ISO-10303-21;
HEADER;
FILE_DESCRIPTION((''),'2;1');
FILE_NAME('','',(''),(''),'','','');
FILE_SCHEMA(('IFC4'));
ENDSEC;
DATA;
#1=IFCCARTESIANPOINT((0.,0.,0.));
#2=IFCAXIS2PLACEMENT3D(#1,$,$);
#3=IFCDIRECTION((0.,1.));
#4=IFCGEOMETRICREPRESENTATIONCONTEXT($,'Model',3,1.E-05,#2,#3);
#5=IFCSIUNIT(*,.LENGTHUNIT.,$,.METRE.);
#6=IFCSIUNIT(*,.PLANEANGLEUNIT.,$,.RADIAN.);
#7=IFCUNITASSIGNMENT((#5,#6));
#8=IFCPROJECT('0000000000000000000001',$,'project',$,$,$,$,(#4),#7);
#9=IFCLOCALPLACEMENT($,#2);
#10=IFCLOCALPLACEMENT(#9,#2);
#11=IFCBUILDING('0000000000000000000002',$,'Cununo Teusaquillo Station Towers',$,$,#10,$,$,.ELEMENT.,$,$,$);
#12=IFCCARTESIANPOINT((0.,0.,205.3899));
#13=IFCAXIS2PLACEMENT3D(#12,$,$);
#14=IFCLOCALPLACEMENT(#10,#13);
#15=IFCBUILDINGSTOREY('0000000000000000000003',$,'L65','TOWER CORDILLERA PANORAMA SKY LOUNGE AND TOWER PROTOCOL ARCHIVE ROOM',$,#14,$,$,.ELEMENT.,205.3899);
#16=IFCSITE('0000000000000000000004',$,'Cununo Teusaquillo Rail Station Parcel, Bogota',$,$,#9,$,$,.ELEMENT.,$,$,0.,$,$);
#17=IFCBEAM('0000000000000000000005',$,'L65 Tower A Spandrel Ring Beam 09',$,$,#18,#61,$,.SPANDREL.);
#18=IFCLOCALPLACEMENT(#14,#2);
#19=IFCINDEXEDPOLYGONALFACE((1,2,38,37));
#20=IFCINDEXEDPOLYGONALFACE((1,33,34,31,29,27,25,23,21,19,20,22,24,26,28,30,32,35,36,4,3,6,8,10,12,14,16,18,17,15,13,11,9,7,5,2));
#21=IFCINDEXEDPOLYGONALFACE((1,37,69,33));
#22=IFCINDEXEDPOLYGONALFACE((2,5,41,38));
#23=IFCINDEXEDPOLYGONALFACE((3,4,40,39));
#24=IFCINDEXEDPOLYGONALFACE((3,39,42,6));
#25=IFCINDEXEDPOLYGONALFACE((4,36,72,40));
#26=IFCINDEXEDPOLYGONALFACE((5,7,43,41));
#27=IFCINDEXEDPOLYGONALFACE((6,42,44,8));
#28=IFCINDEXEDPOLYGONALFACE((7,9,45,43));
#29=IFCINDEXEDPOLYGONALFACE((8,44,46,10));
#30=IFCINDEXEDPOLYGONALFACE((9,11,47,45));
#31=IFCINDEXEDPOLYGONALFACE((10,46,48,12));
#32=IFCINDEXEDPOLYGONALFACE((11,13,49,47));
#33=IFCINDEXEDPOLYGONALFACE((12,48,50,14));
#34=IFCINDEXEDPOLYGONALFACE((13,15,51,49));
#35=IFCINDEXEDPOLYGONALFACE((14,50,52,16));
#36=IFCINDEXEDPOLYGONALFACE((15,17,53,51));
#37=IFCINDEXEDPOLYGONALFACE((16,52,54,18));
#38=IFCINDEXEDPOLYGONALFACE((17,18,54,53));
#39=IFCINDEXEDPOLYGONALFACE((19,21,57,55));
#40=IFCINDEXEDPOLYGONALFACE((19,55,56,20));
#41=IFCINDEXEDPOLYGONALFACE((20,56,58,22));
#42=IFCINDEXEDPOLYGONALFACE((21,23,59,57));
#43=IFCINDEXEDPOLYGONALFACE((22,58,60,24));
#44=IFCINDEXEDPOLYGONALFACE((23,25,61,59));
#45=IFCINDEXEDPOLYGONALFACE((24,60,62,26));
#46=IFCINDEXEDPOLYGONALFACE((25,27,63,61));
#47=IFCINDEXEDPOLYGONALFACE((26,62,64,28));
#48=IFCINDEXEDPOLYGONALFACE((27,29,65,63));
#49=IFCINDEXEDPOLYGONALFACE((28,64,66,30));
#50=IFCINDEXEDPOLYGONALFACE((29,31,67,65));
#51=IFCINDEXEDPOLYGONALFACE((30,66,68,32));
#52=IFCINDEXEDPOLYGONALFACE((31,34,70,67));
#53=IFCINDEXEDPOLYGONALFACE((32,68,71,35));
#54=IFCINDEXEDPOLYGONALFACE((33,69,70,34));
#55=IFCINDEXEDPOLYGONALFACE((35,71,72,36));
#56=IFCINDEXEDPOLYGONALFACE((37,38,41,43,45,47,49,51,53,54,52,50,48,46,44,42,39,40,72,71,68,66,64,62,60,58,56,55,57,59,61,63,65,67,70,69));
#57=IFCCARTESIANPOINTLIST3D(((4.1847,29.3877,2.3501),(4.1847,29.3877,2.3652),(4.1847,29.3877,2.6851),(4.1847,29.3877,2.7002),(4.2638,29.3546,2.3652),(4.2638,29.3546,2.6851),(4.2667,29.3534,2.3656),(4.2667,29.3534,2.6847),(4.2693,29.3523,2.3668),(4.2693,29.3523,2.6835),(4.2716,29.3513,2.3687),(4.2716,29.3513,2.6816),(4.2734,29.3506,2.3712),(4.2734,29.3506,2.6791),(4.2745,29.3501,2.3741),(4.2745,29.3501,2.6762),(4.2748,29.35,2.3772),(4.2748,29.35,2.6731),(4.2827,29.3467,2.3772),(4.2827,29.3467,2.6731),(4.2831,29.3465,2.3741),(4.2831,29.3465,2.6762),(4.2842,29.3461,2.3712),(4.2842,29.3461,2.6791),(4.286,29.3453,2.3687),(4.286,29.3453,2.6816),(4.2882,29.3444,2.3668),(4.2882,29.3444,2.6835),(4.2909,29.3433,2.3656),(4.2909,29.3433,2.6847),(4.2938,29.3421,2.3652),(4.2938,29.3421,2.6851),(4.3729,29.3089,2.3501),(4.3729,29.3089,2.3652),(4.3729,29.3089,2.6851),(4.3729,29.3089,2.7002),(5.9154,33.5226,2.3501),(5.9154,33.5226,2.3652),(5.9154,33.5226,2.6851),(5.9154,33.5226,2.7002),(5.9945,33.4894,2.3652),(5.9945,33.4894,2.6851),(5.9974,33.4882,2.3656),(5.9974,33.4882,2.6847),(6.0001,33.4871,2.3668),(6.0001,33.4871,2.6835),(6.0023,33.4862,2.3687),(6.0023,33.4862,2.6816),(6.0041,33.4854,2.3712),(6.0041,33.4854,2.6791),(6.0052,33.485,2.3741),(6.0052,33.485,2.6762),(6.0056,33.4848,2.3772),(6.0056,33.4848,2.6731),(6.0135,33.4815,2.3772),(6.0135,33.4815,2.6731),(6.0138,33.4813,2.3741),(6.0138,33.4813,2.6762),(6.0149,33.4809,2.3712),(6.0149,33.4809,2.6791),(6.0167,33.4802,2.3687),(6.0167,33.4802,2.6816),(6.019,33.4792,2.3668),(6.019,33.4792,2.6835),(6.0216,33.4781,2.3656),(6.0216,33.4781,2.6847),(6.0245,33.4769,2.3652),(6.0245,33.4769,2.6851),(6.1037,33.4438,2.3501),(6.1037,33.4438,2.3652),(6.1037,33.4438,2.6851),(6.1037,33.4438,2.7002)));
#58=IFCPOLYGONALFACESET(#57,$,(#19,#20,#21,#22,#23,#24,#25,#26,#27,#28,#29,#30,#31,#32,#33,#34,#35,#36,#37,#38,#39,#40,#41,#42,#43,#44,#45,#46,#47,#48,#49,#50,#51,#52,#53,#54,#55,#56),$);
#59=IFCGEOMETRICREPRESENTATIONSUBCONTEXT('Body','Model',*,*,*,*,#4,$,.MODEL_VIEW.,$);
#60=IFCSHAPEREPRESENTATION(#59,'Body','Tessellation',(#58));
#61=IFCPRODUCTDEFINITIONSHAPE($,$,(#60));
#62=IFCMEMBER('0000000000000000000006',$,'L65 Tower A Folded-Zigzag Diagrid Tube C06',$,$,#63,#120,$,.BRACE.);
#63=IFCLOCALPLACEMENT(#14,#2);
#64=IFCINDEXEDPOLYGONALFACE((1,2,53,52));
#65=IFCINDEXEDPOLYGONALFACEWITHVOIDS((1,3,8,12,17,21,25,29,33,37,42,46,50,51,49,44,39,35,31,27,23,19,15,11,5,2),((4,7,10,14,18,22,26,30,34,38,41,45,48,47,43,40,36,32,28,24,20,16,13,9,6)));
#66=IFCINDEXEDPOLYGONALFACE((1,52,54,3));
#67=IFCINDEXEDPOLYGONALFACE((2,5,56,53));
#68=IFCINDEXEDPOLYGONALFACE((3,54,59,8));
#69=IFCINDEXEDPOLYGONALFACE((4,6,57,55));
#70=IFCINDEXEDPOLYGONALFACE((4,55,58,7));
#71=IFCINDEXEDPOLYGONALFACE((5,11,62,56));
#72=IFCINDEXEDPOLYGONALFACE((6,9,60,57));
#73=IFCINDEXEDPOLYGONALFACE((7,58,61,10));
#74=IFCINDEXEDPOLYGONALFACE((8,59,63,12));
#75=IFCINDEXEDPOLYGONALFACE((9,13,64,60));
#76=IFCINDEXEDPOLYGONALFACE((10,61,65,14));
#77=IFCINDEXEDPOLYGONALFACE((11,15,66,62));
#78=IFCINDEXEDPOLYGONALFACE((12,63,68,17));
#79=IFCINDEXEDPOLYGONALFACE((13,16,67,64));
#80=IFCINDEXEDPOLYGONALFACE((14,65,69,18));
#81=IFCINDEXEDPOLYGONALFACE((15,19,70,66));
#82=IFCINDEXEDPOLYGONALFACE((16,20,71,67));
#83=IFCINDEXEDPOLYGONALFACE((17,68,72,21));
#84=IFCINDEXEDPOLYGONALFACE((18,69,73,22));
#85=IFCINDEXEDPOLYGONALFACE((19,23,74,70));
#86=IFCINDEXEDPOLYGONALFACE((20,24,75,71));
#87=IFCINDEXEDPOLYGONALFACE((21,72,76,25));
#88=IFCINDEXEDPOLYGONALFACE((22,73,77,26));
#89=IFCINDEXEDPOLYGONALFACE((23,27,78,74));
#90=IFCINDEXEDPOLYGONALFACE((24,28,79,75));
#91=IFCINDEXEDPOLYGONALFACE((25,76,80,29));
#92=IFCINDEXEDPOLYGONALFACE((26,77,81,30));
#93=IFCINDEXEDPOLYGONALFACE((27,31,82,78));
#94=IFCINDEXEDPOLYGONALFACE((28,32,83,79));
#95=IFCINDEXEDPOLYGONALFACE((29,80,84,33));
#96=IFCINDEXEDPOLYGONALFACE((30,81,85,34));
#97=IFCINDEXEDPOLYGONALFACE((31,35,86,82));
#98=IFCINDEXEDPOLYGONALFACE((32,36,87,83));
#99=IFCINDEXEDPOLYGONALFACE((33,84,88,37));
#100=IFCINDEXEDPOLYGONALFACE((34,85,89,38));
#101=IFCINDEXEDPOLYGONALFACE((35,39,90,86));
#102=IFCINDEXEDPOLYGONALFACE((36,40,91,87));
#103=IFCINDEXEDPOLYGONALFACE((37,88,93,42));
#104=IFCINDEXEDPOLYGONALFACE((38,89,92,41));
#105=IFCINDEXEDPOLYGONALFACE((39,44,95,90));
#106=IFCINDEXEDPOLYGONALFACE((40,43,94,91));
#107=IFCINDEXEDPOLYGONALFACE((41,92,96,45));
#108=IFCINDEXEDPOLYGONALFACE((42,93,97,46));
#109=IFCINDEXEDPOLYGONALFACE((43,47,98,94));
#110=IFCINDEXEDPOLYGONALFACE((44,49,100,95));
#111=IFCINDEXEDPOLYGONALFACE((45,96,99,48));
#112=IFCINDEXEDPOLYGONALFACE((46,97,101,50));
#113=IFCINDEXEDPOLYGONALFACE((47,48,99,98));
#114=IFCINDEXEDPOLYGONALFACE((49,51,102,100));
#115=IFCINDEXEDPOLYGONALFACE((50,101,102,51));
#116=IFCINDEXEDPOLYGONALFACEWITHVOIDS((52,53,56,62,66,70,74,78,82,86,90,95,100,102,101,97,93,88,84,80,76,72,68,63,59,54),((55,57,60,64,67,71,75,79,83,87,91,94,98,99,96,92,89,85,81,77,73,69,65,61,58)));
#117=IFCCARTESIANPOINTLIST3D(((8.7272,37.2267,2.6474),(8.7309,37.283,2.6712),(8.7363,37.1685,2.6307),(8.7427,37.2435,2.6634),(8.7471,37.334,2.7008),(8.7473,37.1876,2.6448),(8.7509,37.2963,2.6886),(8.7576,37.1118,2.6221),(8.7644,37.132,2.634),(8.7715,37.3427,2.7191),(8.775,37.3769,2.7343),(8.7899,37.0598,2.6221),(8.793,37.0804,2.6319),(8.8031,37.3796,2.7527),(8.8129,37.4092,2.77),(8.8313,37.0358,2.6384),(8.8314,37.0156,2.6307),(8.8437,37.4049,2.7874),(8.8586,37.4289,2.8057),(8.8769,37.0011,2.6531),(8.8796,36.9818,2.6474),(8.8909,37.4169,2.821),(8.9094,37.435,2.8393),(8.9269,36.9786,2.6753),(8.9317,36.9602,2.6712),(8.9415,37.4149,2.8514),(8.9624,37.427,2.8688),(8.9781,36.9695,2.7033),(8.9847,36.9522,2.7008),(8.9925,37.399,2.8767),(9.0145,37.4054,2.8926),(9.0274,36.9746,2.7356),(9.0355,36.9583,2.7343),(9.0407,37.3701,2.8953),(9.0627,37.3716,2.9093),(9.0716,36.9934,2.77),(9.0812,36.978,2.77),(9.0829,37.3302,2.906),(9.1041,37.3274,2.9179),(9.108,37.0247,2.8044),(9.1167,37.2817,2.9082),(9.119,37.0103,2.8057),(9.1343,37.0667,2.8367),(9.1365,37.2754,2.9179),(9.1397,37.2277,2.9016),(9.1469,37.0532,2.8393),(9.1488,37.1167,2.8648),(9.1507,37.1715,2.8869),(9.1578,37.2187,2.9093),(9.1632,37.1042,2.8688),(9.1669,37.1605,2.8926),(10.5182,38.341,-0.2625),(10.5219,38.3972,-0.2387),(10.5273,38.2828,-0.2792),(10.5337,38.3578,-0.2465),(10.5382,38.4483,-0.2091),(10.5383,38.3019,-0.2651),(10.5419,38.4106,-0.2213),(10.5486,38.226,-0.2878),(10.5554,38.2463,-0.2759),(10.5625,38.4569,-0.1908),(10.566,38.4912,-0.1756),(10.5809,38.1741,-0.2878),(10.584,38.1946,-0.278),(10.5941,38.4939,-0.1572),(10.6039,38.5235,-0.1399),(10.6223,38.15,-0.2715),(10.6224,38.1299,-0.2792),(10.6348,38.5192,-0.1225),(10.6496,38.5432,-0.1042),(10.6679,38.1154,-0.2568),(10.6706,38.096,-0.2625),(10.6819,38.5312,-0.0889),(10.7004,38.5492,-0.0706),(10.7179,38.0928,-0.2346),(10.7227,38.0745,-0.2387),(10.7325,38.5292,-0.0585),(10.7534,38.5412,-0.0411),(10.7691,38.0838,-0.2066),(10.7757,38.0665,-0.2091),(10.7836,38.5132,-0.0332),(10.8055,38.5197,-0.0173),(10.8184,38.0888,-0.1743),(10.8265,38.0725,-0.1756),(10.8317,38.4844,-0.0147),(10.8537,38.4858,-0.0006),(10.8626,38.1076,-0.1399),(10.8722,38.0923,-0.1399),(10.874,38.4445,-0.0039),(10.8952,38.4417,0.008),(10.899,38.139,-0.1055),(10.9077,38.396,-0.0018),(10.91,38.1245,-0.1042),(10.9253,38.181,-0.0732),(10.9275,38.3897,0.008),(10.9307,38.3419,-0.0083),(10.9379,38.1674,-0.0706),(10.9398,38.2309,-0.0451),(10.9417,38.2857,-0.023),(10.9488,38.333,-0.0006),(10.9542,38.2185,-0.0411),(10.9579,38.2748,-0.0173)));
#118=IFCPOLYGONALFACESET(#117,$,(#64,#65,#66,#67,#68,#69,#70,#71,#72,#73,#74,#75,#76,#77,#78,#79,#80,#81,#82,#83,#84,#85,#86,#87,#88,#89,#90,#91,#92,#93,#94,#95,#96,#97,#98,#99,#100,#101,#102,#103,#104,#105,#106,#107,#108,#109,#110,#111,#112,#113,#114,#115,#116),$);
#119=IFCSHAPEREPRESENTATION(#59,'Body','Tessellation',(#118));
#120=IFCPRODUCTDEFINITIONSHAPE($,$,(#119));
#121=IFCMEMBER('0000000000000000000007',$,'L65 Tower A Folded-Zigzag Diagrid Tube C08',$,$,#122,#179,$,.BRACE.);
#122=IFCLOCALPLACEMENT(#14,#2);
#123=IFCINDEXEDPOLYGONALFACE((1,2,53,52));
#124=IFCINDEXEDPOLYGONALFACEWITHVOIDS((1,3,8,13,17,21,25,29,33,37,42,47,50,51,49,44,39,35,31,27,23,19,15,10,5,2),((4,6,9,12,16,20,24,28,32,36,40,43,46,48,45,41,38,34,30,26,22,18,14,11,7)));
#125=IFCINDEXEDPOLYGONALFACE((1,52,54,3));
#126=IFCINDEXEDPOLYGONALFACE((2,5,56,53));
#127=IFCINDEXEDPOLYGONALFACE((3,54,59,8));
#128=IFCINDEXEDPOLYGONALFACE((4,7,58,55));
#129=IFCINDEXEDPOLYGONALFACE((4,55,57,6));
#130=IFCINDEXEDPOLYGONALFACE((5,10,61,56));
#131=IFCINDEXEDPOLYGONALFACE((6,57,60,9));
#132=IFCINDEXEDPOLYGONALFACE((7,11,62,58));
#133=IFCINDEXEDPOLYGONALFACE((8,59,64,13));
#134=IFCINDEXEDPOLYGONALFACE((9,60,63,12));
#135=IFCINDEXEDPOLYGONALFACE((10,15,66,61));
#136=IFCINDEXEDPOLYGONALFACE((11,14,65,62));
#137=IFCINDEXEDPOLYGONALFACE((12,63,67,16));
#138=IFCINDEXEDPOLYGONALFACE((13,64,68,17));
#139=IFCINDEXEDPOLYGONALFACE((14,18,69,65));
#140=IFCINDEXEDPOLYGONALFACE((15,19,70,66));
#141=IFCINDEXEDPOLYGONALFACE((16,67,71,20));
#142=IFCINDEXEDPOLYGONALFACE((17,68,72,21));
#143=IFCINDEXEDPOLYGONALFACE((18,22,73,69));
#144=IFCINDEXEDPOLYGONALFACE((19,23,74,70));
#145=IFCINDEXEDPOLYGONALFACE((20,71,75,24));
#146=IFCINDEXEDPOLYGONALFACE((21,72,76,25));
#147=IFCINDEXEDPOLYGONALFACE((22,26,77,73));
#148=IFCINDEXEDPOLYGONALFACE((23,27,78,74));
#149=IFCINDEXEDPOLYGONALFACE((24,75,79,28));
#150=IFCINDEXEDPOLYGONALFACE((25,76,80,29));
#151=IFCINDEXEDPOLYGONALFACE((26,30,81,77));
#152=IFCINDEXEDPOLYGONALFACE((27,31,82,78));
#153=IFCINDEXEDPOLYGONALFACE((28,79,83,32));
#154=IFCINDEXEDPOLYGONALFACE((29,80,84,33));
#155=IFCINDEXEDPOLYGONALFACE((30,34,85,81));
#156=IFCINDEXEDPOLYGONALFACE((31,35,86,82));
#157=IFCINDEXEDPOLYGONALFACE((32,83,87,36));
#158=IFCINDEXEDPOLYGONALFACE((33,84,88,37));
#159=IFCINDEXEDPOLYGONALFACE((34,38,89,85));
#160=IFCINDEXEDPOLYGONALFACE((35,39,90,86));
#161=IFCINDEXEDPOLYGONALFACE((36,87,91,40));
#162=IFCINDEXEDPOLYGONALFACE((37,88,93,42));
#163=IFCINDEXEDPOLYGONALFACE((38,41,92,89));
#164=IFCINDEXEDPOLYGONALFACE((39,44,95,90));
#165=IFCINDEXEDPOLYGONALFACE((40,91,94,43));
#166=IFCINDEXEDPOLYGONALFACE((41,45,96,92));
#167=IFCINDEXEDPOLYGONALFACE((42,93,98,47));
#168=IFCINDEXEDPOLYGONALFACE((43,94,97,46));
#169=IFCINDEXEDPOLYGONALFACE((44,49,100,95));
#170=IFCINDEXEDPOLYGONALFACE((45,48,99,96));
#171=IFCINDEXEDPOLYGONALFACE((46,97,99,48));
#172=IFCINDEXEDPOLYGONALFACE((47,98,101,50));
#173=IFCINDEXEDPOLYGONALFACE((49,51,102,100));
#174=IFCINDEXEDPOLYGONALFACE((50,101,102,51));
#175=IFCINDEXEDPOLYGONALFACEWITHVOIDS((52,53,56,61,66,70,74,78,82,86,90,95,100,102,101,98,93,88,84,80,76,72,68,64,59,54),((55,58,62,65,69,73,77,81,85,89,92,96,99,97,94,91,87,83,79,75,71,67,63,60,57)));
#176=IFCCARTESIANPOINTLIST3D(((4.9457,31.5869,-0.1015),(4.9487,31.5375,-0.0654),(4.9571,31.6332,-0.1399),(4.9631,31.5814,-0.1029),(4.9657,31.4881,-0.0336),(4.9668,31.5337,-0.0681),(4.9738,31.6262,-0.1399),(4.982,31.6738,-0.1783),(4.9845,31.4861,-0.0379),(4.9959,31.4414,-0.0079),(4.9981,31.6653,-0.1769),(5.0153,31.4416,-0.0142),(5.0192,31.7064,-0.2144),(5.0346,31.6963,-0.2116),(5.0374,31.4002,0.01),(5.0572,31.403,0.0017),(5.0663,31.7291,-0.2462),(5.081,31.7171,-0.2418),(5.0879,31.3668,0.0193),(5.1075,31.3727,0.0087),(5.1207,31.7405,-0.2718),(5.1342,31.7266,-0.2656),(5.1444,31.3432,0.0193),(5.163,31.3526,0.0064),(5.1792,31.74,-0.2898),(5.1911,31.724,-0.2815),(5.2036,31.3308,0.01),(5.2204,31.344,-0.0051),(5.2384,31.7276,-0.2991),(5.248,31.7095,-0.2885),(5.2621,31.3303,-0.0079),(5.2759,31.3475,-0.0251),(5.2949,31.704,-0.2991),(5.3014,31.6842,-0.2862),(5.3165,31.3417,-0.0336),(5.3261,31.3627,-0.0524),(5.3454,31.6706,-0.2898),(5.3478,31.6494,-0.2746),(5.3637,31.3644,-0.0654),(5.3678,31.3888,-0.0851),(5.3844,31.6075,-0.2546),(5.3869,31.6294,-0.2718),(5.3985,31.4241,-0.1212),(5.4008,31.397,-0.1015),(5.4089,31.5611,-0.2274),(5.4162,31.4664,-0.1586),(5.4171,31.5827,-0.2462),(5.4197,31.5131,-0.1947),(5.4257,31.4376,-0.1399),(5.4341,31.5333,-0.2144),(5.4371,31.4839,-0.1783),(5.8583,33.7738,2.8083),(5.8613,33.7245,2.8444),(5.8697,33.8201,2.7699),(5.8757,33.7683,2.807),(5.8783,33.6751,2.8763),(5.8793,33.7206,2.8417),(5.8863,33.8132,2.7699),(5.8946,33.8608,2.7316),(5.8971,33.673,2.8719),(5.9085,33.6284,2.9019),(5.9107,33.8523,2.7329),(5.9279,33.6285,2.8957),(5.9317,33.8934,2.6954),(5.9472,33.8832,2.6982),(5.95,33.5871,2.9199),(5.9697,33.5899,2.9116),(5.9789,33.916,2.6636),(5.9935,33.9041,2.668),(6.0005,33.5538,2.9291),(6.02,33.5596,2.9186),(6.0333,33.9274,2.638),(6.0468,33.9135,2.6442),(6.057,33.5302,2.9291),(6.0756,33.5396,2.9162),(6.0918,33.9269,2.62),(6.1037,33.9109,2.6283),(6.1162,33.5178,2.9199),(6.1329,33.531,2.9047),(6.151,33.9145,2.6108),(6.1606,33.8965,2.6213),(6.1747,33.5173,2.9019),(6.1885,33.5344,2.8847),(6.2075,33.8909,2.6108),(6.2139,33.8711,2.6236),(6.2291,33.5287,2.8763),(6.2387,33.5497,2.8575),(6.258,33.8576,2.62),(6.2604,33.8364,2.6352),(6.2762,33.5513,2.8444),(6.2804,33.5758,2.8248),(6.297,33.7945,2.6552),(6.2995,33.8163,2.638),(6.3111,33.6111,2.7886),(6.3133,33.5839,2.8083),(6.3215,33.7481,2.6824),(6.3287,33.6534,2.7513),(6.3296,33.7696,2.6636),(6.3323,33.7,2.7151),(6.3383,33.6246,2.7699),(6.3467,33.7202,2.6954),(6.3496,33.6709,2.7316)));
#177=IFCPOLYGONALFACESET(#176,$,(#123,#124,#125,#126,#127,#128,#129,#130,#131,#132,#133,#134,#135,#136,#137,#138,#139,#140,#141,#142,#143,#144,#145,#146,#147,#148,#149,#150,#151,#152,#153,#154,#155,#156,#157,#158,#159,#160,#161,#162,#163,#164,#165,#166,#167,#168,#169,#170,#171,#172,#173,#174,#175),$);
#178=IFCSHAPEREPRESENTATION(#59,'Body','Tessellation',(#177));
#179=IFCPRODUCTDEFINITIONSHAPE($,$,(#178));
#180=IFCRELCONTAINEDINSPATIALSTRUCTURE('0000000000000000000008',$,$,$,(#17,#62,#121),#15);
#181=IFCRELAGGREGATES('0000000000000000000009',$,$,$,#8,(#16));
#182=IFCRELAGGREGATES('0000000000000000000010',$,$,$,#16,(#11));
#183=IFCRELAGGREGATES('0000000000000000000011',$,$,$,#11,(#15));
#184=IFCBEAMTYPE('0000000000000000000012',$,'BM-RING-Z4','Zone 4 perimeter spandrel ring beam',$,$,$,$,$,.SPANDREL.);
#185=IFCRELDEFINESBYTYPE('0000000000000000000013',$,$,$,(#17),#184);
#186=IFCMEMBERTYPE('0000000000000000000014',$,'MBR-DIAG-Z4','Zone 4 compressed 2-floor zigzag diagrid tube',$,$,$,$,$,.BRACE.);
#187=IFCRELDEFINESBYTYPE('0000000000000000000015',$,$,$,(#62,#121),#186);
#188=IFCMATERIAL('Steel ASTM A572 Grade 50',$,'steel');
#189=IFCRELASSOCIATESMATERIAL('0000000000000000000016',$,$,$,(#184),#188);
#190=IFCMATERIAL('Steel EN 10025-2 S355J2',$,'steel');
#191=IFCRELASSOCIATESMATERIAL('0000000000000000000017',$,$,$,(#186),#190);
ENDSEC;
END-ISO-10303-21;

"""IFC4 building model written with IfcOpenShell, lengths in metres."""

from ifc_helpers import new_model, si_unit, direction, frame, origin, origin_2d, place, context, subcontext, project, spatial, hollow_circle, i_section, extrude, material, material_profile, profile_set, type_object, element, save


model = new_model("IFC4")

# Units and contexts
model_context = context("Model", 3, precision=1e-05, world=origin(), true_north=direction((0.0, 1.0)))
body_context = subcontext(model_context, "Body", "Model", "MODEL_VIEW")
ifc_project = project(units=[si_unit("LENGTHUNIT", "METRE"), si_unit("PLANEANGLEUNIT", "RADIAN")], contexts=[model_context])

# Site, building, storey
site_placement = place(None, origin())
site = spatial("IfcSite", under=ifc_project, at=site_placement, Name="Cununo Teusaquillo Rail Station Parcel, Bogota", CompositionType="ELEMENT", RefElevation=0.0)
building_placement = place(site_placement, origin())
building = spatial("IfcBuilding", under=site, at=building_placement, Name="Cununo Teusaquillo Station Towers", CompositionType="ELEMENT")
storey_placement = place(building_placement, frame((0.0, 0.0, 205.3899)))
storey = spatial("IfcBuildingStorey", under=building, at=storey_placement, Name="L65", Description="TOWER CORDILLERA PANORAMA SKY LOUNGE AND TOWER PROTOCOL ARCHIVE ROOM", CompositionType="ELEMENT", Elevation=205.3899)

# Beam
ifc_material_1 = material(Name="Steel ASTM A572 Grade 50", Category="steel")
ifc_material_profile_1 = material_profile(ifc_material_1, i_section(OverallWidth=0.2041, OverallDepth=0.3501, WebThickness=0.0085, FlangeThickness=0.0151, FilletRadius=0.012, at=origin_2d()), Name="W14X48")
ifc_profile_set_1 = profile_set([ifc_material_profile_1], Name="Steel ASTM A572 Grade 50")
beam_type_1 = type_object("IfcBeamType", Name="BM-RING-Z4", Description="Zone 4 perimeter spandrel ring beam", PredefinedType="SPANDREL", material=ifc_profile_set_1)
beam_1_placement = place(storey_placement, frame((6.0095, 33.4832, 2.5251), z_axis=(-0.386115, -0.92245, 0.0), x_axis=(0.92245, -0.386115, 0.0)))
element("IfcBeam", 1, at=beam_1_placement, inside=storey, type_object=beam_type_1, Name="L65 Tower A Spandrel Ring Beam 09", PredefinedType="SPANDREL", context=body_context, shape_type="SweptSolid", body=[
    extrude(i_section(OverallWidth=0.2041, OverallDepth=0.3501, WebThickness=0.0085, FlangeThickness=0.0151, FilletRadius=0.012, at=origin_2d()), origin(), (0.0, 0.0, 1.0), 4.4824),
])

# Members
ifc_material_2 = material(Name="Steel EN 10025-2 S355J2", Category="steel")
ifc_material_profile_2 = material_profile(ifc_material_2, hollow_circle(Radius=0.2539, WallThickness=0.0181, at=origin_2d()), Name="CHS 508x18")
ifc_profile_set_2 = profile_set([ifc_material_profile_2], Name="Steel EN 10025-2 S355J2")
member_type = type_object("IfcMemberType", Name="MBR-DIAG-Z4", Description="Zone 4 compressed 2-floor zigzag diagrid tube", PredefinedType="BRACE", material=ifc_profile_set_2)
member_1_placement = place(storey_placement, frame((10.738, 38.3079, -0.1399), z_axis=(-0.498334, -0.310032, 0.809656), x_axis=(0.52825, -0.849089, 0.0)))
element("IfcMember", 2, at=member_1_placement, inside=storey, type_object=member_type, Name="L65 Tower A Folded-Zigzag Diagrid Tube C06", PredefinedType="BRACE", context=body_context, shape_type="SweptSolid", body=[
    extrude(hollow_circle(Radius=0.2539, WallThickness=0.0181, at=origin_2d()), origin(), (0.0, 0.0, 1.0), 3.594),
])
member_2_placement = place(storey_placement, frame((5.1914, 31.5354, -0.1399), z_axis=(0.243178, 0.582769, 0.775399), x_axis=(-0.922876, 0.385098, 0.0)))
element("IfcMember", 3, at=member_2_placement, inside=storey, type_object=member_type, Name="L65 Tower A Folded-Zigzag Diagrid Tube C08", PredefinedType="BRACE", context=body_context, shape_type="SweptSolid", body=[
    extrude(hollow_circle(Radius=0.2539, WallThickness=0.0181, at=origin_2d()), origin(), (0.0, 0.0, 1.0), 3.7527),
])

save(model, "model.ifc")
